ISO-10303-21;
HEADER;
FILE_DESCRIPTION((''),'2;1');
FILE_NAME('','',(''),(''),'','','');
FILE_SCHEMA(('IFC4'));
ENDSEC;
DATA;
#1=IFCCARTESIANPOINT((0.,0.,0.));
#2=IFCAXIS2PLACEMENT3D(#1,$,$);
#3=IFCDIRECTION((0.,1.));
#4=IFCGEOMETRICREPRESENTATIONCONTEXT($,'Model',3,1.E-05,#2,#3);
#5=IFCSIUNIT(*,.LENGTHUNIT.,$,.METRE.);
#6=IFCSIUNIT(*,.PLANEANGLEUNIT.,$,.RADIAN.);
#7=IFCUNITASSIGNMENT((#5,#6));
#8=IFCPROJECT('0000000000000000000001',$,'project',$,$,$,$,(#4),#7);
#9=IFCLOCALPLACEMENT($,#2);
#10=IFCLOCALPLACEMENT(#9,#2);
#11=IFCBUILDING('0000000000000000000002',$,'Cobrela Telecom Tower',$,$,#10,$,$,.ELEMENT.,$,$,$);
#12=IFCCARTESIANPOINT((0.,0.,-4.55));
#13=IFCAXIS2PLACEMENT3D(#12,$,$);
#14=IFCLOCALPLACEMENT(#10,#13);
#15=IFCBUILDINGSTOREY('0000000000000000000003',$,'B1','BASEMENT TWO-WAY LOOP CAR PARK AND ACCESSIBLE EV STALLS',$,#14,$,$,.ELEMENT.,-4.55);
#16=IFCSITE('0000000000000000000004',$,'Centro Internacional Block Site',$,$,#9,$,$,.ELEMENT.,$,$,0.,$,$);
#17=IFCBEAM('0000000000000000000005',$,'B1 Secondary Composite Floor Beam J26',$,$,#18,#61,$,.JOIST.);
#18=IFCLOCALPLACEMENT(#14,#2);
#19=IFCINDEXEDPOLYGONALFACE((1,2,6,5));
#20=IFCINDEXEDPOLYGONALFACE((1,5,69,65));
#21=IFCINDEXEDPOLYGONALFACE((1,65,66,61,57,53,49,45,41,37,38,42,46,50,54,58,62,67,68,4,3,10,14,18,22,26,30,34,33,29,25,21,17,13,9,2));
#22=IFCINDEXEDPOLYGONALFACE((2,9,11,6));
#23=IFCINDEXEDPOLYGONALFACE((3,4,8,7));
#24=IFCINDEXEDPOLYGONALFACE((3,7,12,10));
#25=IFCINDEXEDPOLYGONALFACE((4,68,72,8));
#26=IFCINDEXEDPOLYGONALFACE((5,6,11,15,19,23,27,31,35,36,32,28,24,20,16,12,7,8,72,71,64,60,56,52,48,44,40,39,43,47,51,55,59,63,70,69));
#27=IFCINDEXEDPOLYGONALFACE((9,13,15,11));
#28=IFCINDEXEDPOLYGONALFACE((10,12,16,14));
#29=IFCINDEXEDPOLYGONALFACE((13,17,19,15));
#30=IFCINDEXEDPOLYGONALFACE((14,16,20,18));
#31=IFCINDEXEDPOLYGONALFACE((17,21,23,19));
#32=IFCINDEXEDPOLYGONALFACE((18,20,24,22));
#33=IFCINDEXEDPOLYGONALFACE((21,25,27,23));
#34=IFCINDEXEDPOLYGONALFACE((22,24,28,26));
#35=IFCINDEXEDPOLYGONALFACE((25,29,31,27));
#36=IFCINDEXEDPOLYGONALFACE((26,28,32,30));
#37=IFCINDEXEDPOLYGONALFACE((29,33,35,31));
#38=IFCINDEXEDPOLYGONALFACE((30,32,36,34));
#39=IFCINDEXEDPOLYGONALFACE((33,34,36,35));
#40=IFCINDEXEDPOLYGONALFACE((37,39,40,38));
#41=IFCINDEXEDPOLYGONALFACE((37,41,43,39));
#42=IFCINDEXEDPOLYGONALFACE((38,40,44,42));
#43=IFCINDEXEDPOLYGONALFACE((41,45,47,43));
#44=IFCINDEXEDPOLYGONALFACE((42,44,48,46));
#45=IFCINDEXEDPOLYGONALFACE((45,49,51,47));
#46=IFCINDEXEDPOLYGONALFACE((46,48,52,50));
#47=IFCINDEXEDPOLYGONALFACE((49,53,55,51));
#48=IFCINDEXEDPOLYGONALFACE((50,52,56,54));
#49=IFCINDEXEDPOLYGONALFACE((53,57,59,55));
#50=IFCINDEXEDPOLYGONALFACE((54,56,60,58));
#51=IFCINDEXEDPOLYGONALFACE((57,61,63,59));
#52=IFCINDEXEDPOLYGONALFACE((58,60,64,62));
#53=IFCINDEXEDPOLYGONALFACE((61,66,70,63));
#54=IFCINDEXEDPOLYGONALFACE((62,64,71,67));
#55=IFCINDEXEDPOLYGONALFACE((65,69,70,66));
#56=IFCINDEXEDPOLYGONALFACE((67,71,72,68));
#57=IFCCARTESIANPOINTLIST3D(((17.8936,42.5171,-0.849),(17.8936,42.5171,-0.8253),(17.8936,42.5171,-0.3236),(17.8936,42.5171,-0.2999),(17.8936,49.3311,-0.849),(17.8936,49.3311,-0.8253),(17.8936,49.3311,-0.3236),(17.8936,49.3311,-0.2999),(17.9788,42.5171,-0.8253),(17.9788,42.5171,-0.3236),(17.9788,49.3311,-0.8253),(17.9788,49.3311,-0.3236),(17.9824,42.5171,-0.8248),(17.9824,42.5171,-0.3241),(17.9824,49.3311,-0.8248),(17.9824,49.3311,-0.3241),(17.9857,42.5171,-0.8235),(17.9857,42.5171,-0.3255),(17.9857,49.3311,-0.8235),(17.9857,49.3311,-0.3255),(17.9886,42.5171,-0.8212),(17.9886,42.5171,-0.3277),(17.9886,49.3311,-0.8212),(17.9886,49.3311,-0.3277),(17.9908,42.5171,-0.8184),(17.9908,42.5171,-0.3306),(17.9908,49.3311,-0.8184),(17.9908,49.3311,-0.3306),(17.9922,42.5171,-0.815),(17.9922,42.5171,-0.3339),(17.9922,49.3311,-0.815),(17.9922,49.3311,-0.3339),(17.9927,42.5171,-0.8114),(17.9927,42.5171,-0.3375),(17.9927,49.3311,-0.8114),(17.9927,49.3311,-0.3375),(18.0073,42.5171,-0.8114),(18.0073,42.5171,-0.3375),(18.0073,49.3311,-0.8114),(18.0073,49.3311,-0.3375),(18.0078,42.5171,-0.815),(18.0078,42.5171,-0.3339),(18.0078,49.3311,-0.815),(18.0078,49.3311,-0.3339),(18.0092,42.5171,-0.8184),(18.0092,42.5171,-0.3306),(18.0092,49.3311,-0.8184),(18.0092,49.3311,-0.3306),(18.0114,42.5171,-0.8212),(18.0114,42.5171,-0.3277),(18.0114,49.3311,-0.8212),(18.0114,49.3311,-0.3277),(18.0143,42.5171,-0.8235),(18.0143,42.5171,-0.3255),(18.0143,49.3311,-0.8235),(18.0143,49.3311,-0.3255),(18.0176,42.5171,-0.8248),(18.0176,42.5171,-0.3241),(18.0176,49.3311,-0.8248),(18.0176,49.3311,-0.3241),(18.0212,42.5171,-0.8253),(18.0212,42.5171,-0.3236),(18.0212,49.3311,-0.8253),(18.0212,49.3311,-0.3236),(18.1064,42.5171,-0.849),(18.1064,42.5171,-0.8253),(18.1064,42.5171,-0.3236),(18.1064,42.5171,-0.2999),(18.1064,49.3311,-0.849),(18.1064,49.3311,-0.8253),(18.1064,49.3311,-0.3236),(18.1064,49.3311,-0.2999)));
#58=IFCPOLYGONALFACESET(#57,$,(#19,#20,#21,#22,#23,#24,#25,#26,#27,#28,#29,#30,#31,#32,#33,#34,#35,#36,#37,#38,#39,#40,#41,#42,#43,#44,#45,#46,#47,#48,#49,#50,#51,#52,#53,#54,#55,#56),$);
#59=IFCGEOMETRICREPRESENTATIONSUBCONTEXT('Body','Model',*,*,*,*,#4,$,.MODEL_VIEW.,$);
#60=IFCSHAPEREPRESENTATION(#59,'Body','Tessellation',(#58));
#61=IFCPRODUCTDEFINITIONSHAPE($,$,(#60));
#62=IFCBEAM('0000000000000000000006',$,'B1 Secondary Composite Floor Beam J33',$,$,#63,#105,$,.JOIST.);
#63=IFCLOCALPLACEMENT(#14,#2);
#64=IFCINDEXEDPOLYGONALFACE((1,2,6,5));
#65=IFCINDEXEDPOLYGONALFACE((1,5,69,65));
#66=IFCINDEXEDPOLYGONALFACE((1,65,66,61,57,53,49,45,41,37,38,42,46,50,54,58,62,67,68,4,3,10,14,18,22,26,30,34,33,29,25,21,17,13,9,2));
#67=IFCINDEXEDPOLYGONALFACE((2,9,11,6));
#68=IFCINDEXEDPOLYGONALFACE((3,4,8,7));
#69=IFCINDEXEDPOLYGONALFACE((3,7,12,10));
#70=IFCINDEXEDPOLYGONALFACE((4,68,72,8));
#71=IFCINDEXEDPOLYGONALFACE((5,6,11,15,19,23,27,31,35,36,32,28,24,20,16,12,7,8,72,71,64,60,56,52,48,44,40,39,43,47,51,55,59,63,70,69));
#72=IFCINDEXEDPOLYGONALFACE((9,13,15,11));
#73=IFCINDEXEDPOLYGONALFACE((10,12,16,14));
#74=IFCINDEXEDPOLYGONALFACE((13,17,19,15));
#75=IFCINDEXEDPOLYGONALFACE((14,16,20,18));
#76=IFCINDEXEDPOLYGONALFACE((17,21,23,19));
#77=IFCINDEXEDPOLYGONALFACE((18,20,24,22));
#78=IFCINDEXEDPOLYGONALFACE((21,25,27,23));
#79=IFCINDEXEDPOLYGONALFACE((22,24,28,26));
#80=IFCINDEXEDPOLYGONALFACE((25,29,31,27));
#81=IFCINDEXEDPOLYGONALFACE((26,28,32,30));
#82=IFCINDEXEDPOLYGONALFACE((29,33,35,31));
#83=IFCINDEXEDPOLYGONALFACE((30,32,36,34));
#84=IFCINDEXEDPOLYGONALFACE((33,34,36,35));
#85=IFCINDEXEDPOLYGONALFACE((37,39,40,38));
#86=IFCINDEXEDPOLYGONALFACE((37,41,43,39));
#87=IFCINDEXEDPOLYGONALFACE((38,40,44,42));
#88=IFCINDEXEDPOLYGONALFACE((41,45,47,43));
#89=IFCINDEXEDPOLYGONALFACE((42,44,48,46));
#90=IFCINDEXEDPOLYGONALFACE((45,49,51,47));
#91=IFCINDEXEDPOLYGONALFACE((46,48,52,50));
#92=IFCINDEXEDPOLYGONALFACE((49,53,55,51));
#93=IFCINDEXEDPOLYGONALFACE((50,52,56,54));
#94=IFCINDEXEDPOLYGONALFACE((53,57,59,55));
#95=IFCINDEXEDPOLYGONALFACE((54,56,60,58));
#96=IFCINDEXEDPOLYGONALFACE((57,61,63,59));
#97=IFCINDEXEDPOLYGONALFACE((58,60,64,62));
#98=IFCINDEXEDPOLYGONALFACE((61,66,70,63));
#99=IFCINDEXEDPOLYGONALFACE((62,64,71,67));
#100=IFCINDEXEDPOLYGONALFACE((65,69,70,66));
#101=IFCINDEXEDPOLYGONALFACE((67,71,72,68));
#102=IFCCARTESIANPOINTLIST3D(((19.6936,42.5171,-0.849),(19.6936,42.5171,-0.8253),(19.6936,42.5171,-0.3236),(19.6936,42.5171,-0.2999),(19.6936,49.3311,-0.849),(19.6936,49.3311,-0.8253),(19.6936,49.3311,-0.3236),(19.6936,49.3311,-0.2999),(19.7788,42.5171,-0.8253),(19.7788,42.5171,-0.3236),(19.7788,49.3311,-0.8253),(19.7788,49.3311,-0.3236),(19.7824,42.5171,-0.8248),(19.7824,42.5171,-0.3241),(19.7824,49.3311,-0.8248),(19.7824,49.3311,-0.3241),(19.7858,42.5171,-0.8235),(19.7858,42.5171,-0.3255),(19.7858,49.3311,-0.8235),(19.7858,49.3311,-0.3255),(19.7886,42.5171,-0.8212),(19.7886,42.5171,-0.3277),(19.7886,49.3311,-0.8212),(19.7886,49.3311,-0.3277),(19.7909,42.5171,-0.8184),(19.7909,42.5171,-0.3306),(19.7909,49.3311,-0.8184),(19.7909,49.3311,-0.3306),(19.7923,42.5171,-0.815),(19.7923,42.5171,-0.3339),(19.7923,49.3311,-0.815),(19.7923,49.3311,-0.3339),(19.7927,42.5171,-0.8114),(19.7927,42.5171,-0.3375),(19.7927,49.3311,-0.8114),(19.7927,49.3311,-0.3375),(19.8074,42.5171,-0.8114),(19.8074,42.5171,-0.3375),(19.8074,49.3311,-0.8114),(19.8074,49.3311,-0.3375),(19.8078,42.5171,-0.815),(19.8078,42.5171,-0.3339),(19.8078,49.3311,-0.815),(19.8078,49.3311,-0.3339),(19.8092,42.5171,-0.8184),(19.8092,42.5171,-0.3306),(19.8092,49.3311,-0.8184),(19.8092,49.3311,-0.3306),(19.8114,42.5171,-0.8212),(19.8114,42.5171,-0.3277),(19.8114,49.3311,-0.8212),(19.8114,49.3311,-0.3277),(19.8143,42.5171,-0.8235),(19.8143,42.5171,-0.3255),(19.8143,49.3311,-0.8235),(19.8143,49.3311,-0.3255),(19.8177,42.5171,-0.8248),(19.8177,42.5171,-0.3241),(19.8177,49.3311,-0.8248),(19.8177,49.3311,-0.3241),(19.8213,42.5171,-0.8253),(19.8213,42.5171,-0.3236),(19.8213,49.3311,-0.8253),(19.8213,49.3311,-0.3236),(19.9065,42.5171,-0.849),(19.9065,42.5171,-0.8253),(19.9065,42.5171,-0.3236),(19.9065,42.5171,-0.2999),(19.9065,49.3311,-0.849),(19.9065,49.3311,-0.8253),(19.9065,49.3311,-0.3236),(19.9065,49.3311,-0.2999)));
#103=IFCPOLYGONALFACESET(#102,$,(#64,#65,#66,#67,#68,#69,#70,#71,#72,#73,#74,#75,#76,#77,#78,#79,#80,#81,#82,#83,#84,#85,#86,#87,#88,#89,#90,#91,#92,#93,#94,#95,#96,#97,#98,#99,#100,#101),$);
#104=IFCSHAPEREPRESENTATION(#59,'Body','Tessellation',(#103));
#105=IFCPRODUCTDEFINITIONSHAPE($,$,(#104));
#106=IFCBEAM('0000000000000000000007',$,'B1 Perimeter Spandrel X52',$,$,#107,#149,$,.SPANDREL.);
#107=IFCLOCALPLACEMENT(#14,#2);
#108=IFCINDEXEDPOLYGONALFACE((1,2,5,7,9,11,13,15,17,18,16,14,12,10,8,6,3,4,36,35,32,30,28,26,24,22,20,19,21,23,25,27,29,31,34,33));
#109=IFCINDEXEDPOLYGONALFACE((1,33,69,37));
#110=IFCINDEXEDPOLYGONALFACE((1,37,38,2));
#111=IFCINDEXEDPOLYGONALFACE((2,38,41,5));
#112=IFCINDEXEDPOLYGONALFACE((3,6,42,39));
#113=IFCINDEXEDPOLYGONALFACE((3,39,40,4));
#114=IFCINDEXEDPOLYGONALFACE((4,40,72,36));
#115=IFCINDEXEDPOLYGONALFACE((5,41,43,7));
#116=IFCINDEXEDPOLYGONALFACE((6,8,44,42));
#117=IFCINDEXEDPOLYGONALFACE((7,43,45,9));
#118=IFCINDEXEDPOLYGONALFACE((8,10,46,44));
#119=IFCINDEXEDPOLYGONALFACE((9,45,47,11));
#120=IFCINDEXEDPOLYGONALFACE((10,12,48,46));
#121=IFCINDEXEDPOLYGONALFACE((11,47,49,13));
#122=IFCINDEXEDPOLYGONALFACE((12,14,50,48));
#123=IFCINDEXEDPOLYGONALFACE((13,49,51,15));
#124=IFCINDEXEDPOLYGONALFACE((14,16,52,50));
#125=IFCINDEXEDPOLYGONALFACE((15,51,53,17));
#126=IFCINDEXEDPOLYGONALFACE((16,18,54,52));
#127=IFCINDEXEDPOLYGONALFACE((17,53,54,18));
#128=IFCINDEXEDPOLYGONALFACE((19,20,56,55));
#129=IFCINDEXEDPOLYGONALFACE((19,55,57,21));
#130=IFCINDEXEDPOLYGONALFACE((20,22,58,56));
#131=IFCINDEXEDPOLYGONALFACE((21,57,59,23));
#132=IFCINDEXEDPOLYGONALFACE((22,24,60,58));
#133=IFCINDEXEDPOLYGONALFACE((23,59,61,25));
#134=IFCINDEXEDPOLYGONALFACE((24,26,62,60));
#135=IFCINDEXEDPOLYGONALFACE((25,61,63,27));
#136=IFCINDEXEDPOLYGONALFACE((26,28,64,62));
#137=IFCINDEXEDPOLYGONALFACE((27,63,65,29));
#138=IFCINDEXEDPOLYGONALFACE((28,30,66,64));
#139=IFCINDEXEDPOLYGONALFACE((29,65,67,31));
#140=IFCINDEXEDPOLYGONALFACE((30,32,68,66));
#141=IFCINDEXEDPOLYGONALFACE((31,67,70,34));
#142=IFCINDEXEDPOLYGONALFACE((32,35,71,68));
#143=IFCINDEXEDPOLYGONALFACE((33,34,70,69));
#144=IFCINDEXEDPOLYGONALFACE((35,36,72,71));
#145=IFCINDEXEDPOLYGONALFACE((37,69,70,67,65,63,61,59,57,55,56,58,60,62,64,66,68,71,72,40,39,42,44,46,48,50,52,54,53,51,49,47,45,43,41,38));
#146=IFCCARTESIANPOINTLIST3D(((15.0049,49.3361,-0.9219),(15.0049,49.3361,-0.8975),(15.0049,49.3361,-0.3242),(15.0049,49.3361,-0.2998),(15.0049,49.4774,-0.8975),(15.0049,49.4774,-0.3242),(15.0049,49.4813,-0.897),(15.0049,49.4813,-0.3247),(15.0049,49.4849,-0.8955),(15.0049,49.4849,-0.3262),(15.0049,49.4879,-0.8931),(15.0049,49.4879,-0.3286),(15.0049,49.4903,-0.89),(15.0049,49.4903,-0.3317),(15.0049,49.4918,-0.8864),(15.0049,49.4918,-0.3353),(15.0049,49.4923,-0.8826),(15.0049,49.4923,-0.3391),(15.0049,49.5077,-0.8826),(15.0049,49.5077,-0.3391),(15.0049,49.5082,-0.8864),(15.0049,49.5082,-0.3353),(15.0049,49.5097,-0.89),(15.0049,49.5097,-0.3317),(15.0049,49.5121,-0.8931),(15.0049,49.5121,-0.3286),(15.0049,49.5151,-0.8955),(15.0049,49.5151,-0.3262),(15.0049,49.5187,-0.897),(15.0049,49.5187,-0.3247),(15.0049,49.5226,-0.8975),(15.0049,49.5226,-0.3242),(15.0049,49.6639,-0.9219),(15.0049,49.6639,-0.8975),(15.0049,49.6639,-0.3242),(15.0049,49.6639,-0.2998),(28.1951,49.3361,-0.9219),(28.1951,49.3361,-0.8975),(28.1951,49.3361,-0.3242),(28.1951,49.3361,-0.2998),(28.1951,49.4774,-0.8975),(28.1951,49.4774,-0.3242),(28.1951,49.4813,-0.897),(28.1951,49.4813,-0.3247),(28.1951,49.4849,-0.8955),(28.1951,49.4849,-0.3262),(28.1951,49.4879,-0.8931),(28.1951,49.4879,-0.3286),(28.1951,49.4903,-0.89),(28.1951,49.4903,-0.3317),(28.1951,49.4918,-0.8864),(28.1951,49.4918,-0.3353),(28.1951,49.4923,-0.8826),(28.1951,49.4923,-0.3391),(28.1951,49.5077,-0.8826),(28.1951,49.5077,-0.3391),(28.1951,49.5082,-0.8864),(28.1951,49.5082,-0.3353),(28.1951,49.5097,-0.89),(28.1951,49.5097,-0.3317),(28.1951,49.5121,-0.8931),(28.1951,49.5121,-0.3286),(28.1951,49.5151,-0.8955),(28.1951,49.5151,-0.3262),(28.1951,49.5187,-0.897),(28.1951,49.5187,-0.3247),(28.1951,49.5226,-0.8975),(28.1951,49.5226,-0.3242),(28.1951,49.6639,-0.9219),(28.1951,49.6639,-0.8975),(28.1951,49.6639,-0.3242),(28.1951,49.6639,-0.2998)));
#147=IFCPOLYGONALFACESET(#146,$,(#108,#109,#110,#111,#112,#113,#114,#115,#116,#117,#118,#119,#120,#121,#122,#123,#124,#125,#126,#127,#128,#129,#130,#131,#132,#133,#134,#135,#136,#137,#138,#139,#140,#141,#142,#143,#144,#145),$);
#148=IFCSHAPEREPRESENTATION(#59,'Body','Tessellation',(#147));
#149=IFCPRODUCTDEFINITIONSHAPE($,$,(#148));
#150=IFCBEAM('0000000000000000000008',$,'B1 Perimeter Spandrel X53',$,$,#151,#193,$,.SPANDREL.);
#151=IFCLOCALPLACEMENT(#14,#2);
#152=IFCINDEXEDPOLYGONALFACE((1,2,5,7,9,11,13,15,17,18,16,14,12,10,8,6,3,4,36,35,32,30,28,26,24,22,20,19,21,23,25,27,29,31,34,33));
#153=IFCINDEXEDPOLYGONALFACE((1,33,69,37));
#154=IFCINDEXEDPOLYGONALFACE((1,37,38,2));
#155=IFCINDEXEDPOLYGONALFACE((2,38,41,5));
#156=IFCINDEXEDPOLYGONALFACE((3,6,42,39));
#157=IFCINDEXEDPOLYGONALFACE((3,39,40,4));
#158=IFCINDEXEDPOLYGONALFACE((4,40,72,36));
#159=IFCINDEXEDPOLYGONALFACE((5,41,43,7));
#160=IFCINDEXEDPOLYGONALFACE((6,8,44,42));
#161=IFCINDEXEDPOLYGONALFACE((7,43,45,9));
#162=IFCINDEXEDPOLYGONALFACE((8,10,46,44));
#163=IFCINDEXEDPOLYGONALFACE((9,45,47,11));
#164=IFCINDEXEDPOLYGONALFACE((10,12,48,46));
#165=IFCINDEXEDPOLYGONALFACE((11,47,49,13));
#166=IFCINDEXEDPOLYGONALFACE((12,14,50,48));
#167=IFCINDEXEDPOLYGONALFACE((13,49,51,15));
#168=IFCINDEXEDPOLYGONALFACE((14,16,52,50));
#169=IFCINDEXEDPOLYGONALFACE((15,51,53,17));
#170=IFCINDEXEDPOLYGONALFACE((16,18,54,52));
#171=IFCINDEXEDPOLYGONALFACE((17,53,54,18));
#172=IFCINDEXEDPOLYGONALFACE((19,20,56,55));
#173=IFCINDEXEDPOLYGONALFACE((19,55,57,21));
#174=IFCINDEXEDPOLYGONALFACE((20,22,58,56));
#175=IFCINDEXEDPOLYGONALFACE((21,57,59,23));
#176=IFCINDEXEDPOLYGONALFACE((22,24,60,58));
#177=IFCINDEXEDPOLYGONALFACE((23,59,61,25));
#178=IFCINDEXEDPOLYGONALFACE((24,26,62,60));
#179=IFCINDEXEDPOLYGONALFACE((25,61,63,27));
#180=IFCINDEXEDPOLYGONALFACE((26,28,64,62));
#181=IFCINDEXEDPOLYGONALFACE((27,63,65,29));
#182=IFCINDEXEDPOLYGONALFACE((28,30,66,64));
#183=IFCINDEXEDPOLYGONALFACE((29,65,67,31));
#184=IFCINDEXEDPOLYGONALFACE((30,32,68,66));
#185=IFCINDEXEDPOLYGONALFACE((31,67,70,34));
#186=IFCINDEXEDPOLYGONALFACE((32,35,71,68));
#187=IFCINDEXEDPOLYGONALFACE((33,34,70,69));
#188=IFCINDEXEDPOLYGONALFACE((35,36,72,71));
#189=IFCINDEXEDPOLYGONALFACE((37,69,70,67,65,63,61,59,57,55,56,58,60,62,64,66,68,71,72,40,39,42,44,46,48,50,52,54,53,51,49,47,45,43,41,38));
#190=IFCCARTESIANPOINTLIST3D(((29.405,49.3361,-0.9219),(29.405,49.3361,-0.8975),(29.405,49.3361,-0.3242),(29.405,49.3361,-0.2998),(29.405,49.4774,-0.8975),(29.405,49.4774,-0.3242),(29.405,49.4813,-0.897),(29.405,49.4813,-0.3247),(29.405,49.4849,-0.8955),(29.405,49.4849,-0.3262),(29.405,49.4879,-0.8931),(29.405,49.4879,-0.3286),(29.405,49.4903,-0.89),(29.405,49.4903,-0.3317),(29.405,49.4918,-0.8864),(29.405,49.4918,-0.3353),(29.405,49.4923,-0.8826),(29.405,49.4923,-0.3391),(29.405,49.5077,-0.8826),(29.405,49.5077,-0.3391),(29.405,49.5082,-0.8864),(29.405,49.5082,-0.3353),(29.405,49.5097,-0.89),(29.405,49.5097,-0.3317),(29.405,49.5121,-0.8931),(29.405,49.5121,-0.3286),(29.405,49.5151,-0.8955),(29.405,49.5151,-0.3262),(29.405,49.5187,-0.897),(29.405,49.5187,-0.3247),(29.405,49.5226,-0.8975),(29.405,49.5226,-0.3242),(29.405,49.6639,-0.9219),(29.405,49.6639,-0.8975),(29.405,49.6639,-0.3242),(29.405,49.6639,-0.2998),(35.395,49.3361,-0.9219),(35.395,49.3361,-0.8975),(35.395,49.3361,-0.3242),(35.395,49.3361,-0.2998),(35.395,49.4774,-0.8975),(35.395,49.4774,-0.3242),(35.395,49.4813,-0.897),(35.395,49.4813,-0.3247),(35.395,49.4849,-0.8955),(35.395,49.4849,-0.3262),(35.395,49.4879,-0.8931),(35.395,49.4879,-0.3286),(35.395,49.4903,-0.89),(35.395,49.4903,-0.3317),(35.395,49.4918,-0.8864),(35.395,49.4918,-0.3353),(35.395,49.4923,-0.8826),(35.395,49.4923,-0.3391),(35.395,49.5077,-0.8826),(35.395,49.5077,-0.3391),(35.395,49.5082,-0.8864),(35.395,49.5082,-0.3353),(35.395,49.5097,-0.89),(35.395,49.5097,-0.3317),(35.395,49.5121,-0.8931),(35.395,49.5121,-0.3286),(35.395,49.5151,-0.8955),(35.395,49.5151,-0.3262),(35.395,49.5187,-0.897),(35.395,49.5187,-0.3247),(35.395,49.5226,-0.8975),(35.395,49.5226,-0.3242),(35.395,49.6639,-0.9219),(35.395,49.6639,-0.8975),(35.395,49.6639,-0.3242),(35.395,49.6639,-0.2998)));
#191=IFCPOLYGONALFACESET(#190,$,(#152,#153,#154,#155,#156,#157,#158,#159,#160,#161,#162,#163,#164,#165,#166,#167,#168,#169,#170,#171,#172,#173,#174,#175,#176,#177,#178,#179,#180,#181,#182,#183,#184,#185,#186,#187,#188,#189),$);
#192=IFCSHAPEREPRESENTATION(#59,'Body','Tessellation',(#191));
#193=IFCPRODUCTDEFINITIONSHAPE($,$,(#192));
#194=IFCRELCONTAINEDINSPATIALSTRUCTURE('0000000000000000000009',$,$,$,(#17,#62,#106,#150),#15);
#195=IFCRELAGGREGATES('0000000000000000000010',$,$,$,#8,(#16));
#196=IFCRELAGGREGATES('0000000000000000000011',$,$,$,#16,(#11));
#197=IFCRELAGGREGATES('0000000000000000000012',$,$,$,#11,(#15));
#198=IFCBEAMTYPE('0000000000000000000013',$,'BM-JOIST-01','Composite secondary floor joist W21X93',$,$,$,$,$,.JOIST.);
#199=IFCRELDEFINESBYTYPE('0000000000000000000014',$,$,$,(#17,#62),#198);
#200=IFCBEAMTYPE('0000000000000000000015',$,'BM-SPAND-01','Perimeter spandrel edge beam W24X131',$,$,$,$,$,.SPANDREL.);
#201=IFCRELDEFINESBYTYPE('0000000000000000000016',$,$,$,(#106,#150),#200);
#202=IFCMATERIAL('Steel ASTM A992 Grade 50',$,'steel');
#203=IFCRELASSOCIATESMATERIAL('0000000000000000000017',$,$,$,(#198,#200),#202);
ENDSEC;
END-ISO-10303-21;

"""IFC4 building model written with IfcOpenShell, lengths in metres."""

from ifc_helpers import new_model, si_unit, direction, frame, origin, origin_2d, place, context, subcontext, project, spatial, i_section, extrude, material, material_profile, profile_set, type_object, element, save


model = new_model("IFC4")

# Units and contexts
model_context = context("Model", 3, precision=1e-05, world=origin(), true_north=direction((0.0, 1.0)))
body_context = subcontext(model_context, "Body", "Model", "MODEL_VIEW")
ifc_project = project(units=[si_unit("LENGTHUNIT", "METRE"), si_unit("PLANEANGLEUNIT", "RADIAN")], contexts=[model_context])

# Site, building, storey
site_placement = place(None, origin())
site = spatial("IfcSite", under=ifc_project, at=site_placement, Name="Centro Internacional Block Site", CompositionType="ELEMENT", RefElevation=0.0)
building_placement = place(site_placement, origin())
building = spatial("IfcBuilding", under=site, at=building_placement, Name="Cobrela Telecom Tower", CompositionType="ELEMENT")
storey_placement = place(building_placement, frame((0.0, 0.0, -4.55)))
storey = spatial("IfcBuildingStorey", under=building, at=storey_placement, Name="B1", Description="BASEMENT TWO-WAY LOOP CAR PARK AND ACCESSIBLE EV STALLS", CompositionType="ELEMENT", Elevation=-4.55)

# Beams
ifc_material_1 = material(Name="Steel ASTM A992 Grade 50", Category="steel")
ifc_material_profile_1 = material_profile(ifc_material_1, i_section(OverallWidth=0.2129, OverallDepth=0.5491, WebThickness=0.0146, FlangeThickness=0.0237, FilletRadius=0.0139, at=origin_2d()), Name="W21X93")
ifc_profile_set_1 = profile_set([ifc_material_profile_1], Name="Steel ASTM A992 Grade 50")
beam_type_1 = type_object("IfcBeamType", Name="BM-JOIST-01", Description="Composite secondary floor joist W21X93", PredefinedType="JOIST", material=ifc_profile_set_1)
for number, where, z_axis, x_axis, name in (
    (1, (18.0, 42.5171, -0.5745), (0.0, 1.0, 0.0), (-1.0, 0.0, 0.0), "B1 Secondary Composite Floor Beam J26"),
    (2, (19.8, 42.5171, -0.5745), (0.0, 1.0, 0.0), (-1.0, 0.0, 0.0), "B1 Secondary Composite Floor Beam J33"),
):
    element("IfcBeam", number, at=place(storey_placement, frame(where, z_axis=z_axis, x_axis=x_axis)), inside=storey, type_object=beam_type_1, Name=name, PredefinedType="JOIST", context=body_context, shape_type="SweptSolid", body=[
        extrude(i_section(OverallWidth=0.2129, OverallDepth=0.5491, WebThickness=0.0146, FlangeThickness=0.0237, FilletRadius=0.0139, at=origin_2d()), origin(), (0.0, 0.0, 1.0), 6.814),
    ])
ifc_material_profile_2 = material_profile(ifc_material_1, i_section(OverallWidth=0.3279, OverallDepth=0.6221, WebThickness=0.0154, FlangeThickness=0.0244, FilletRadius=0.0149, at=origin_2d()), Name="W24X131")
ifc_profile_set_2 = profile_set([ifc_material_profile_2], Name="Steel ASTM A992 Grade 50")
beam_type_2 = type_object("IfcBeamType", Name="BM-SPAND-01", Description="Perimeter spandrel edge beam W24X131", PredefinedType="SPANDREL", material=ifc_profile_set_2)
beam_1_placement = place(storey_placement, frame((15.0049, 49.5, -0.6108), z_axis=(1.0, 0.0, 0.0), x_axis=(0.0, 1.0, 0.0)))
element("IfcBeam", 3, at=beam_1_placement, inside=storey, type_object=beam_type_2, Name="B1 Perimeter Spandrel X52", PredefinedType="SPANDREL", context=body_context, shape_type="SweptSolid", body=[
    extrude(i_section(OverallWidth=0.3279, OverallDepth=0.6221, WebThickness=0.0154, FlangeThickness=0.0244, FilletRadius=0.0149, at=origin_2d()), origin(), (0.0, 0.0, 1.0), 13.1902),
])
beam_2_placement = place(storey_placement, frame((29.405, 49.5, -0.6108), z_axis=(1.0, 0.0, 0.0), x_axis=(0.0, 1.0, 0.0)))
element("IfcBeam", 4, at=beam_2_placement, inside=storey, type_object=beam_type_2, Name="B1 Perimeter Spandrel X53", PredefinedType="SPANDREL", context=body_context, shape_type="SweptSolid", body=[
    extrude(i_section(OverallWidth=0.3279, OverallDepth=0.6221, WebThickness=0.0154, FlangeThickness=0.0244, FilletRadius=0.0149, at=origin_2d()), origin(), (0.0, 0.0, 1.0), 5.99),
])

save(model, "model.ifc")
